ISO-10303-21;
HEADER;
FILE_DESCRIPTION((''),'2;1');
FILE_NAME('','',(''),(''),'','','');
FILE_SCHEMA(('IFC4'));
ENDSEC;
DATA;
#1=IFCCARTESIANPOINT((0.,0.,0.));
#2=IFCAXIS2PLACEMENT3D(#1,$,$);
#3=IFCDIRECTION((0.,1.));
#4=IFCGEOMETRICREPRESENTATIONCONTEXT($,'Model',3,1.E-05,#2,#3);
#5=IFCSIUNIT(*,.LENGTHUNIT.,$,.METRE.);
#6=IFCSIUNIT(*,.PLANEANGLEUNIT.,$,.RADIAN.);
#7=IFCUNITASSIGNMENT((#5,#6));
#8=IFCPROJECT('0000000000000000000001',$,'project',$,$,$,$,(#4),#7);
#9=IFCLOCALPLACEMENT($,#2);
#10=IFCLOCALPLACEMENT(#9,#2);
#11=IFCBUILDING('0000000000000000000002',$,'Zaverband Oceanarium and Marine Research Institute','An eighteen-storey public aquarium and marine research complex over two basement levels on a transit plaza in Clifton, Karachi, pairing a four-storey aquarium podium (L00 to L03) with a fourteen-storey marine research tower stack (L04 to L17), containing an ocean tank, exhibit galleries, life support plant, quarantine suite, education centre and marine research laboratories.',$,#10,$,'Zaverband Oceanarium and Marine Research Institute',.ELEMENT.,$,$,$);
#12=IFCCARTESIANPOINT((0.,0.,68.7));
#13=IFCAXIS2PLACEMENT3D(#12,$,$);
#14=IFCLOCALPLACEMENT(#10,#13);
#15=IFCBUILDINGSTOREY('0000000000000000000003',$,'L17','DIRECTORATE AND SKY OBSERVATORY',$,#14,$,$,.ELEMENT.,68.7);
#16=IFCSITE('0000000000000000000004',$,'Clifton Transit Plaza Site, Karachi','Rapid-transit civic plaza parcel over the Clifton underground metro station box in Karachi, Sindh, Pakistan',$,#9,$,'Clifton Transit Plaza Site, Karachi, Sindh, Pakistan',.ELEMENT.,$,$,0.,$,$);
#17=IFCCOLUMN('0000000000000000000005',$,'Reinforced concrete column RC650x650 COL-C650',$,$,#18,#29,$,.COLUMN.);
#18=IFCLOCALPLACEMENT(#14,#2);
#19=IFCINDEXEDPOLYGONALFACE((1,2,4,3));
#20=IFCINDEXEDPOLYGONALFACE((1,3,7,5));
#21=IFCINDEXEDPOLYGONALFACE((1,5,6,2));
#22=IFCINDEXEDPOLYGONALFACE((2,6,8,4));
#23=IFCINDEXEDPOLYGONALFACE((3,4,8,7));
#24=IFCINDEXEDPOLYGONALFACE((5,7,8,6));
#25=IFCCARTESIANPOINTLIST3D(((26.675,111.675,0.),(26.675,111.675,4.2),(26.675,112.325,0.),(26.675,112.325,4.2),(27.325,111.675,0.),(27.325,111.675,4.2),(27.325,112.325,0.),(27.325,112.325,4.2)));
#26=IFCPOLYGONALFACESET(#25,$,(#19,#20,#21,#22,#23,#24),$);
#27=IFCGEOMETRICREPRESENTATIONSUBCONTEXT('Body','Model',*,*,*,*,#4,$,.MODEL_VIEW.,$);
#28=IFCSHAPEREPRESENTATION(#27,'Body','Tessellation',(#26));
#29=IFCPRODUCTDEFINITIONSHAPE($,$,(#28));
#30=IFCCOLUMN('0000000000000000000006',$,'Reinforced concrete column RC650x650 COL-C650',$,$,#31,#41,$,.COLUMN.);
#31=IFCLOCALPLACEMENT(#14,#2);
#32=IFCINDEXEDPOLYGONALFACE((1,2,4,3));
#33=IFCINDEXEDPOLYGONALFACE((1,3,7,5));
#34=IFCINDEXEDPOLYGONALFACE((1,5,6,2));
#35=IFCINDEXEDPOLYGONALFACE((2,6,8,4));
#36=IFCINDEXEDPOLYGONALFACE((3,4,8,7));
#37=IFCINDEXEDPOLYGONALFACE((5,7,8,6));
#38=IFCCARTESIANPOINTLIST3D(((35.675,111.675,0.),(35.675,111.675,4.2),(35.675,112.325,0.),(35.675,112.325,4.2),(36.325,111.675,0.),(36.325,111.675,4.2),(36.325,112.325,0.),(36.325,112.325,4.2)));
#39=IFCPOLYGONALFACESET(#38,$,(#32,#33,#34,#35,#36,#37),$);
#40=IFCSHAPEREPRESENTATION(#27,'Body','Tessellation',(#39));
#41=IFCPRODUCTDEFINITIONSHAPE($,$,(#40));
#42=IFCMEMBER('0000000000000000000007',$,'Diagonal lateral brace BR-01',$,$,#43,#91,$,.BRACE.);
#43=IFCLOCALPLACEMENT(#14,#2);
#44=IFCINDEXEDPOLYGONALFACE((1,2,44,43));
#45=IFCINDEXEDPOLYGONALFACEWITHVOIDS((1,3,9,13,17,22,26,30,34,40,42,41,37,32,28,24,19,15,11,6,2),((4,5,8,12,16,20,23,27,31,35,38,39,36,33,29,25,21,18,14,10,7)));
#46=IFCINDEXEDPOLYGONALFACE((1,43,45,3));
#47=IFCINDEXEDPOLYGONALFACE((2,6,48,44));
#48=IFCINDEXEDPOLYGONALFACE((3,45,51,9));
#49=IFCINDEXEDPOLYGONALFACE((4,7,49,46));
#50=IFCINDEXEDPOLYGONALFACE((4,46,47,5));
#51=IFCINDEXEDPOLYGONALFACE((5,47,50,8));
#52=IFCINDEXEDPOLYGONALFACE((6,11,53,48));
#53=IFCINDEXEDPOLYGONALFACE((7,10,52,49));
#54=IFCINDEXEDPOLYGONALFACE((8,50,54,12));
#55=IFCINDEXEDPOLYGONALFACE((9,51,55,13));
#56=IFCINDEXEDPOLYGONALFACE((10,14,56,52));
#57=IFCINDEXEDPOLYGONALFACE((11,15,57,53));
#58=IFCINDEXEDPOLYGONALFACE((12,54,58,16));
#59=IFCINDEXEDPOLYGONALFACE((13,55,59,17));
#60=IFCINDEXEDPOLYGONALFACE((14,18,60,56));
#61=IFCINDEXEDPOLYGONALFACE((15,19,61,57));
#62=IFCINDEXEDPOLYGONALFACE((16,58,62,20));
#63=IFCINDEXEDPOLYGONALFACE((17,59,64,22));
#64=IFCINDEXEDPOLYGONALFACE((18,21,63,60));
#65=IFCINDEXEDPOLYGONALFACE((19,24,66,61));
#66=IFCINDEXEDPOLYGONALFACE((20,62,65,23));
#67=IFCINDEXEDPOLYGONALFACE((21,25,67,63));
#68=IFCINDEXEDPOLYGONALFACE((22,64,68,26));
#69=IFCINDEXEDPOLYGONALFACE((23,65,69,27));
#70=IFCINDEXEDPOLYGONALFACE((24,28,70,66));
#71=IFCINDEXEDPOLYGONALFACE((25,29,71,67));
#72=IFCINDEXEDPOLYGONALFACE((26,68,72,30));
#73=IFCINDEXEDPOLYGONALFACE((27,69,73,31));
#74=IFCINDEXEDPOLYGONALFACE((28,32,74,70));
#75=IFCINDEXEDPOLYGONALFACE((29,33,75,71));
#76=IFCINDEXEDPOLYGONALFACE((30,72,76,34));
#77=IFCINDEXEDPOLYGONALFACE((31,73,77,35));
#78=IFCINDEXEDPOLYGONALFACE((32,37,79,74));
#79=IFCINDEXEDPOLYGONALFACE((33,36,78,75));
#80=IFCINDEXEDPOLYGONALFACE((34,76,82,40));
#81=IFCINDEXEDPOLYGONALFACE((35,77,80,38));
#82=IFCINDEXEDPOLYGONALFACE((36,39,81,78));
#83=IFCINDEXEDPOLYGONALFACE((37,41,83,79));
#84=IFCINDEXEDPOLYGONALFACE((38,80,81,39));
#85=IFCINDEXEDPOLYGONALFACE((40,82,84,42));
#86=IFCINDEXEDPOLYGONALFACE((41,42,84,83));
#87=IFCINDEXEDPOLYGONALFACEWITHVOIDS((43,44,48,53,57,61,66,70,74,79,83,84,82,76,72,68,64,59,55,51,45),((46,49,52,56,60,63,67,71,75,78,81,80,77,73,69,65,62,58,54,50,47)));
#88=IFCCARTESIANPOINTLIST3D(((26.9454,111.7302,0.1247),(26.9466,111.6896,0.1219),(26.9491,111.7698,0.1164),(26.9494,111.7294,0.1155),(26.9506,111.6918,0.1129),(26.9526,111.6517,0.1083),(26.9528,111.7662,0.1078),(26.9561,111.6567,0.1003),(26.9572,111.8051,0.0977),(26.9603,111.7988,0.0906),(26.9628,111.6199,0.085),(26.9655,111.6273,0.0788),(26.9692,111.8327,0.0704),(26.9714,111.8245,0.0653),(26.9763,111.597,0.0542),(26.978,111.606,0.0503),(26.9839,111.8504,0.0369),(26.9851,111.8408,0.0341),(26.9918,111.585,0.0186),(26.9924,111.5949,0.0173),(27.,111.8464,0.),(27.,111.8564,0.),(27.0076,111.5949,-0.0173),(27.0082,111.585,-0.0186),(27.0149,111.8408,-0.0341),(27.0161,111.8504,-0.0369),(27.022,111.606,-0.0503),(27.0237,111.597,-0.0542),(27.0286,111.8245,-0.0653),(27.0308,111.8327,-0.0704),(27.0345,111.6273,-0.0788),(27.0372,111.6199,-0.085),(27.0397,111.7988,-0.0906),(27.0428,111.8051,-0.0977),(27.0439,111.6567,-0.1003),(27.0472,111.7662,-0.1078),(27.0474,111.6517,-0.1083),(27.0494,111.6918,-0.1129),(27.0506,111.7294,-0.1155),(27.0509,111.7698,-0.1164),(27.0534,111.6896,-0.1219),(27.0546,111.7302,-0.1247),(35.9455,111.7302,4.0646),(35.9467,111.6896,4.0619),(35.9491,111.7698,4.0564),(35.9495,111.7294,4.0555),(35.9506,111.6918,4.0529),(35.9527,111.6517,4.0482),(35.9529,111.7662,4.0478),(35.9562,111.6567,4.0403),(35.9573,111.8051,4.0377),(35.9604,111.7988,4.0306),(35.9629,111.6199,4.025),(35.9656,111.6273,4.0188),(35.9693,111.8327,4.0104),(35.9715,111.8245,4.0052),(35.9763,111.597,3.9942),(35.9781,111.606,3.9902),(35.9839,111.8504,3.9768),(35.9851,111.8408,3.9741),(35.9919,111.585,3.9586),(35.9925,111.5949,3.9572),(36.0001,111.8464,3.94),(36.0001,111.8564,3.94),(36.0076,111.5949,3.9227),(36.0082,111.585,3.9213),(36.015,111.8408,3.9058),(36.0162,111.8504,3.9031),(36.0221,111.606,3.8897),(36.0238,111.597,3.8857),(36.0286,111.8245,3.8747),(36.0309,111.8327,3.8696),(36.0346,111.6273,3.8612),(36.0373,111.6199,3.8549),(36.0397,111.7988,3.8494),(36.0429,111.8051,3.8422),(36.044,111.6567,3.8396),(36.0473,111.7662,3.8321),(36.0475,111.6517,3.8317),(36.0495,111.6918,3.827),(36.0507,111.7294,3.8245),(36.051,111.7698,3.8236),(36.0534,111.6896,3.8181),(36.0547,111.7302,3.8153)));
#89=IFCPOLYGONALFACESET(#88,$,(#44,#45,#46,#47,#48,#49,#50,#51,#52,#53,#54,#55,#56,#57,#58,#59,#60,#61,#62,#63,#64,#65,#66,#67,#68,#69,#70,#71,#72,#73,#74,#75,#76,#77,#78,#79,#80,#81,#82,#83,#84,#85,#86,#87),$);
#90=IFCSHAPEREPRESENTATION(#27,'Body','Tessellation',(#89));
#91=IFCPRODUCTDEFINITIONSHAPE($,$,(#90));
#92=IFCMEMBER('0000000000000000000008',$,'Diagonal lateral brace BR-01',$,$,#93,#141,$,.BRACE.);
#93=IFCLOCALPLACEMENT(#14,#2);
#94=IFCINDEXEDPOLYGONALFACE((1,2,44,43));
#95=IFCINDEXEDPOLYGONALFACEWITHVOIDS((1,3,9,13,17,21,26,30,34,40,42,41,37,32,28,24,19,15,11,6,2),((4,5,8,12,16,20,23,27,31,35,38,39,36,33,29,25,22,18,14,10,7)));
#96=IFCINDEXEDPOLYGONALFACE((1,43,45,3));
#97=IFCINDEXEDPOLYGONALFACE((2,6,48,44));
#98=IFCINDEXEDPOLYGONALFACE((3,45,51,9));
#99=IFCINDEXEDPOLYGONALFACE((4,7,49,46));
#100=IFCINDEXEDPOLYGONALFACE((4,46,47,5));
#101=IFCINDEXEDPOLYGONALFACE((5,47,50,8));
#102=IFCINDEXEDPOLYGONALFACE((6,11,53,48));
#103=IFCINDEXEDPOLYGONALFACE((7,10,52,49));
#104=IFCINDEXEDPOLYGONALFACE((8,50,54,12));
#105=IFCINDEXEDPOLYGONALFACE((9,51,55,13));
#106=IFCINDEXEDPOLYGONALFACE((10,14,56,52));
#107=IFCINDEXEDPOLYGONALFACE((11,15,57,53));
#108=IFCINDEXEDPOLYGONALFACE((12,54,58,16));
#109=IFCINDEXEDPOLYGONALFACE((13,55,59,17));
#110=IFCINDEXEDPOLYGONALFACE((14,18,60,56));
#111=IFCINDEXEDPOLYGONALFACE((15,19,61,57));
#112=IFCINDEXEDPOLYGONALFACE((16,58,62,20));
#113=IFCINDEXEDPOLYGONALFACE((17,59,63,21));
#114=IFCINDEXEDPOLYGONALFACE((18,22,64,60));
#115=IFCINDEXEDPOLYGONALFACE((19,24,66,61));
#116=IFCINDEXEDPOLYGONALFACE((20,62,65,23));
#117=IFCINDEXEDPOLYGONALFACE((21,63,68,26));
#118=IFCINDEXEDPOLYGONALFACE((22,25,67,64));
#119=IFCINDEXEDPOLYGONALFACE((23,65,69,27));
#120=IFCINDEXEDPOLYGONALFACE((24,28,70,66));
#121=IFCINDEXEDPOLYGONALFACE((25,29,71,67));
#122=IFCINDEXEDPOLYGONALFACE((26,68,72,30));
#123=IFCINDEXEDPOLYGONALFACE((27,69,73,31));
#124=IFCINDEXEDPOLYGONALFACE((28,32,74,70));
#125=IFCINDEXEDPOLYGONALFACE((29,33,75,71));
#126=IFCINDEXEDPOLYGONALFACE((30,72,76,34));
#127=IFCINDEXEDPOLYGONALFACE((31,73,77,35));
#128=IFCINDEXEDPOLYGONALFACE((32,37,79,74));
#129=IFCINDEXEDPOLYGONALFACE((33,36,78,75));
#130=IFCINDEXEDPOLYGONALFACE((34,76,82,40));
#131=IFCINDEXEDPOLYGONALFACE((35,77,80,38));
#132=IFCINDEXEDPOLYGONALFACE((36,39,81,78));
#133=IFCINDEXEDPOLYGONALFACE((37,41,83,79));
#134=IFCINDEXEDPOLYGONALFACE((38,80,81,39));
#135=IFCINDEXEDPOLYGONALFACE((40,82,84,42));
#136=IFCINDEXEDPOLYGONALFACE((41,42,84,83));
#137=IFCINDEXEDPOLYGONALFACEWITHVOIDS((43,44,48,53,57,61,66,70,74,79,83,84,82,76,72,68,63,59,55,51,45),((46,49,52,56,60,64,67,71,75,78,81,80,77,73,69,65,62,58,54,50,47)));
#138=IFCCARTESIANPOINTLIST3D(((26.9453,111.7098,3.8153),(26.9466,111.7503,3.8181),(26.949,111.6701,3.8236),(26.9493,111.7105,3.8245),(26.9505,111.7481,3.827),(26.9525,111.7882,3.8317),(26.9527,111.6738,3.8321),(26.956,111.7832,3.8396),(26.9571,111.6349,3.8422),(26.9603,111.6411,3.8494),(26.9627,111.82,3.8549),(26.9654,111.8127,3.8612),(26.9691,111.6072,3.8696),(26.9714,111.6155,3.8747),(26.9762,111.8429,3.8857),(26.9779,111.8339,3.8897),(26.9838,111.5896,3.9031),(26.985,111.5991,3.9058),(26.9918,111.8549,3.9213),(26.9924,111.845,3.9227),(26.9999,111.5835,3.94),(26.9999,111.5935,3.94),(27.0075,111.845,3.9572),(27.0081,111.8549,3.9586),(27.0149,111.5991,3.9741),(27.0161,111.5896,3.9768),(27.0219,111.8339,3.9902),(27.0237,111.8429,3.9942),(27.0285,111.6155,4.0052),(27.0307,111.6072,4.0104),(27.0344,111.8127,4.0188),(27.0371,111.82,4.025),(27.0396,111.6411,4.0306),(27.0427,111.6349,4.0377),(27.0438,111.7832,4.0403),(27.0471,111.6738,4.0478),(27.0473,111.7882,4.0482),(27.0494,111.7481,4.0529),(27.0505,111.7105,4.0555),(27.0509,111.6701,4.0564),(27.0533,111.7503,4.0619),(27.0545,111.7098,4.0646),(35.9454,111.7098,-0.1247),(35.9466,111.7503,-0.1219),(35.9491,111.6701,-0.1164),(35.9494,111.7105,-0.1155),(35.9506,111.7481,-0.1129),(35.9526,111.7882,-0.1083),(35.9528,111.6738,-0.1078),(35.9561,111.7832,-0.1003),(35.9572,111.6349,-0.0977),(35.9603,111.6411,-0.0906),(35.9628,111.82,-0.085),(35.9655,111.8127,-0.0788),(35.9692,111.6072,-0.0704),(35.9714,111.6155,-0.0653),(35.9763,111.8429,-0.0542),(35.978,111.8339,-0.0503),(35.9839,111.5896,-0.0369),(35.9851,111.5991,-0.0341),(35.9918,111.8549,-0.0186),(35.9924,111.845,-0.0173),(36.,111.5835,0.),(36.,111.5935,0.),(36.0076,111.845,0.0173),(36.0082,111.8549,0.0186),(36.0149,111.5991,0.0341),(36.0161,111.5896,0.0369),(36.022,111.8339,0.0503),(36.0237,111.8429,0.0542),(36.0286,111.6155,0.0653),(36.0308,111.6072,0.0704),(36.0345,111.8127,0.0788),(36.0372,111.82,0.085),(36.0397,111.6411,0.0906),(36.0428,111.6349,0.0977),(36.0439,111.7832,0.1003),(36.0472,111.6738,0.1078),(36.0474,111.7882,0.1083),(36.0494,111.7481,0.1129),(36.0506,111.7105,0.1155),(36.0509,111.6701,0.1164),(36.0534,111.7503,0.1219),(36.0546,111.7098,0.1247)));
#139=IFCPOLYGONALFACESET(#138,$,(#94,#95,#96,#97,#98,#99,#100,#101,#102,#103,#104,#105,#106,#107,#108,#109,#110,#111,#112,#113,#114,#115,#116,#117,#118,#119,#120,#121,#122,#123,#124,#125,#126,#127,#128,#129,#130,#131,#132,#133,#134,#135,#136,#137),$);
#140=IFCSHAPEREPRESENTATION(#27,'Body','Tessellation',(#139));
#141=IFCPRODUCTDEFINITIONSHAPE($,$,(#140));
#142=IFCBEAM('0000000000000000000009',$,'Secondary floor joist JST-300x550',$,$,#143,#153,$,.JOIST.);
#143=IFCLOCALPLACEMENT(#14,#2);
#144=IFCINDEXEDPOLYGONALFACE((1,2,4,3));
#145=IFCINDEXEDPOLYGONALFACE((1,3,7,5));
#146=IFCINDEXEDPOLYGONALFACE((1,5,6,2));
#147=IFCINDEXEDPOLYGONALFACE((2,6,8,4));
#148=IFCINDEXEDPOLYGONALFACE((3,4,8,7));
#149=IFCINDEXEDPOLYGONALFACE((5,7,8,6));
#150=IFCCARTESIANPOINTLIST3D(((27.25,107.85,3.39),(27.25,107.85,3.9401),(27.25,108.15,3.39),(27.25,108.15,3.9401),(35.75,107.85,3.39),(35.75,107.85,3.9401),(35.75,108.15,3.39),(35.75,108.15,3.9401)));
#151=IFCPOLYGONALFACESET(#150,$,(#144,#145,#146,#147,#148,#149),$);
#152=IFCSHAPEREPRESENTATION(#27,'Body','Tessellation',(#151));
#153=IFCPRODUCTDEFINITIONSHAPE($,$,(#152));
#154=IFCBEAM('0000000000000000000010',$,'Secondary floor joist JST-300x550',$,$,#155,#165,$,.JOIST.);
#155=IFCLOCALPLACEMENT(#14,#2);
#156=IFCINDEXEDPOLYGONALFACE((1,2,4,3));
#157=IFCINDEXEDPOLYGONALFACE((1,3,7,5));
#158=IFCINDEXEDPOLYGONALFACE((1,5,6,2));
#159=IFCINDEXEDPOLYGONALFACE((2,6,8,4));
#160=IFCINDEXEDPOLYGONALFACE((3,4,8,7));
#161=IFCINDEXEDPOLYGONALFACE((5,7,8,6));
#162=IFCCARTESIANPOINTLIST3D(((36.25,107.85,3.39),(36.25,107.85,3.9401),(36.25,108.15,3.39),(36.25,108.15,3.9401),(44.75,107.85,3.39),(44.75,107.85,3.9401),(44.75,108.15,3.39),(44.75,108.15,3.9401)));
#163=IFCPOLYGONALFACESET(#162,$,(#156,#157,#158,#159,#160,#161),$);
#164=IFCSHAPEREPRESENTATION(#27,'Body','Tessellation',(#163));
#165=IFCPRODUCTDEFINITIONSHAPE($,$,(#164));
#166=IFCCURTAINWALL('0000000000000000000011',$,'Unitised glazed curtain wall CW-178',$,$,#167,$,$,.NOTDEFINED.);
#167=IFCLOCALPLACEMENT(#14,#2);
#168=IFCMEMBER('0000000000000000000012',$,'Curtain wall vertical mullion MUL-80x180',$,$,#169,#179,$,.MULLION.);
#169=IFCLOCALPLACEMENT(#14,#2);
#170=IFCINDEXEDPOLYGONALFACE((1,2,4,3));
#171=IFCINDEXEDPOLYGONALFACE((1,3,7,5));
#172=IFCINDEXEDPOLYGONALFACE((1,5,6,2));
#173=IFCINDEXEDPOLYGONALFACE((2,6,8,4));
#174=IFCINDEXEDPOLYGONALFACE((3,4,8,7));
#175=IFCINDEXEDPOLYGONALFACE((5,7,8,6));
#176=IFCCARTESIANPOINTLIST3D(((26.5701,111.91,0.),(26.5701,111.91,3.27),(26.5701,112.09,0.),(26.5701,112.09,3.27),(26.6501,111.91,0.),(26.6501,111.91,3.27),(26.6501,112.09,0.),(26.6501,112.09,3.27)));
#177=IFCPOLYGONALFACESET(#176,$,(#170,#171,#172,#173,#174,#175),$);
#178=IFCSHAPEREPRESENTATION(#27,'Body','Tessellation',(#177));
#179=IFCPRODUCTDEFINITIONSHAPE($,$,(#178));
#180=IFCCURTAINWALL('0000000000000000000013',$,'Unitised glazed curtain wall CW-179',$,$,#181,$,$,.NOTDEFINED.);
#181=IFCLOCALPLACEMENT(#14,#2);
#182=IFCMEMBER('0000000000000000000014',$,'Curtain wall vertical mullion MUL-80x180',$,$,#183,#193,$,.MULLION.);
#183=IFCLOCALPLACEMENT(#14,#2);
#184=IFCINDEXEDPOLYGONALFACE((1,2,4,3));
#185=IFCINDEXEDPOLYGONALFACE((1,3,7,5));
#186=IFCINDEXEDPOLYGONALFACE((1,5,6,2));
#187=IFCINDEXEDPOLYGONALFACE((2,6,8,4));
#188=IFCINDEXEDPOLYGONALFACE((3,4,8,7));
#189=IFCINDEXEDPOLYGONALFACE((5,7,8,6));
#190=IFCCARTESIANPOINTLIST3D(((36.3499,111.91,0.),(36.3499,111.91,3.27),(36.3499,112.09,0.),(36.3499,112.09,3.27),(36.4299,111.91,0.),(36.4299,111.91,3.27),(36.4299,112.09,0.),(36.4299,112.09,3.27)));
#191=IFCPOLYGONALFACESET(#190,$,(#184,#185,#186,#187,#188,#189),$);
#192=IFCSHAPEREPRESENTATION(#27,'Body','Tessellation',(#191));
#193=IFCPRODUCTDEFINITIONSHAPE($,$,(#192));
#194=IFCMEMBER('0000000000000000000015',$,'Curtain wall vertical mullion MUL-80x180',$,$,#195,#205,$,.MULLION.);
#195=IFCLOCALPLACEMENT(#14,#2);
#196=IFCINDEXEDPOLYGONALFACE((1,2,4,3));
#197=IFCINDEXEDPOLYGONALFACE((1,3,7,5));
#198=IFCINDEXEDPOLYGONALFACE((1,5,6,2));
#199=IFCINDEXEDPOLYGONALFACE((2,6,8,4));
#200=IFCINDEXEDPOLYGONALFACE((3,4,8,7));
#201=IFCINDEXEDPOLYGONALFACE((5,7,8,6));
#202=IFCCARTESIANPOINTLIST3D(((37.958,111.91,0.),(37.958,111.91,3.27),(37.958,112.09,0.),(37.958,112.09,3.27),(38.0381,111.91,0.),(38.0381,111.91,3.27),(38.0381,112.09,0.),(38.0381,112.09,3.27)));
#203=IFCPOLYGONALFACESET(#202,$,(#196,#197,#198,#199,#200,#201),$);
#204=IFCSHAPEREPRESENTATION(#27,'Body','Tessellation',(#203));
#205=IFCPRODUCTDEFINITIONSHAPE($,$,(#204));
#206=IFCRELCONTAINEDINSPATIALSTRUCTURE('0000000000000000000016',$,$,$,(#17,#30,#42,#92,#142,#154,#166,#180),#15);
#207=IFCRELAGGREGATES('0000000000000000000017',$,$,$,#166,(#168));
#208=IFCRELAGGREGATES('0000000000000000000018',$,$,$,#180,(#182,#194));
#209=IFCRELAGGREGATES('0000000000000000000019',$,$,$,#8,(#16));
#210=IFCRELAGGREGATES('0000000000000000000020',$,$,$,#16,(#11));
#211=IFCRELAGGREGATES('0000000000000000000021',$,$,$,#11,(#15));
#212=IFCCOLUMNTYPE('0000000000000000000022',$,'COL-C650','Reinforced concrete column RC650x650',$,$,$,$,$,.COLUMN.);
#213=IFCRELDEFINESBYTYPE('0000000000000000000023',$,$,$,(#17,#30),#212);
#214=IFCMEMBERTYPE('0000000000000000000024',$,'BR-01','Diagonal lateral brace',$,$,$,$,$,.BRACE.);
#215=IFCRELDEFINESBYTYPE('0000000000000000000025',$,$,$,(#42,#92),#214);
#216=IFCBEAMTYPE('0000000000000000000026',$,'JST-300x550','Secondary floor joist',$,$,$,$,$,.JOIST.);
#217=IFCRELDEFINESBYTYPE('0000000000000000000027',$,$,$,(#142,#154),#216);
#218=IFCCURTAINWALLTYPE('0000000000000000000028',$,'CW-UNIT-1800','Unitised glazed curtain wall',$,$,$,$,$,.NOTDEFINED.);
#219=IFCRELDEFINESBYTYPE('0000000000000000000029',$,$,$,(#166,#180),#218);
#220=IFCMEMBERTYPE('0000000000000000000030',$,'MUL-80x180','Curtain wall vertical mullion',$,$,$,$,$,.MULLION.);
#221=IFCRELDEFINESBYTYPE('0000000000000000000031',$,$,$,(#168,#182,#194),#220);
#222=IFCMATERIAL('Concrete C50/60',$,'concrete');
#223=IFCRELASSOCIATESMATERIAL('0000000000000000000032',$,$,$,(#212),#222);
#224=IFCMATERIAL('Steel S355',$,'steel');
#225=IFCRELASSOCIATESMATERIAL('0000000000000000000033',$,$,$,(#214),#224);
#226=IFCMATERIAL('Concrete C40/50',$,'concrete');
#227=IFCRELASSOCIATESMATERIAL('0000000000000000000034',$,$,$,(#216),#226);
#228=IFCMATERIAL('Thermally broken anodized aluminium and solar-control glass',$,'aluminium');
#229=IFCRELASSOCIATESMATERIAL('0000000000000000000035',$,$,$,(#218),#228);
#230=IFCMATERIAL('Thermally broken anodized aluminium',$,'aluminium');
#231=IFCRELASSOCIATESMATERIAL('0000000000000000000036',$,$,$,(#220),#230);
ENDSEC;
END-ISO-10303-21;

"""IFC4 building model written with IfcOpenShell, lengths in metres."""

from ifc_helpers import new_model, si_unit, direction, frame, origin, origin_2d, place, context, subcontext, project, spatial, rectangle, hollow_circle, extrude, material, material_profile, profile_set, type_object, element, aggregate, save


model = new_model("IFC4")

# Units and contexts
model_context = context("Model", 3, precision=1e-05, world=origin(), true_north=direction((0.0, 1.0)))
body_context = subcontext(model_context, "Body", "Model", "MODEL_VIEW")
ifc_project = project(units=[si_unit("LENGTHUNIT", "METRE"), si_unit("PLANEANGLEUNIT", "RADIAN")], contexts=[model_context])

# Site, building, storey
site_placement = place(None, origin())
site = spatial("IfcSite", under=ifc_project, at=site_placement, Name="Clifton Transit Plaza Site, Karachi", Description="Rapid-transit civic plaza parcel over the Clifton underground metro station box in Karachi, Sindh, Pakistan", LongName="Clifton Transit Plaza Site, Karachi, Sindh, Pakistan", CompositionType="ELEMENT", RefElevation=0.0)
building_placement = place(site_placement, origin())
building = spatial("IfcBuilding", under=site, at=building_placement, Name="Zaverband Oceanarium and Marine Research Institute", Description="An eighteen-storey public aquarium and marine research complex over two basement levels on a transit plaza in Clifton, Karachi, pairing a four-storey aquarium podium (L00 to L03) with a fourteen-storey marine research tower stack (L04 to L17), containing an ocean tank, exhibit galleries, life support plant, quarantine suite, education centre and marine research laboratories.", LongName="Zaverband Oceanarium and Marine Research Institute", CompositionType="ELEMENT")
storey_placement = place(building_placement, frame((0.0, 0.0, 68.7)))
storey = spatial("IfcBuildingStorey", under=building, at=storey_placement, Name="L17", Description="DIRECTORATE AND SKY OBSERVATORY", CompositionType="ELEMENT", Elevation=68.7)

# Columns
ifc_material_1 = material(Name="Concrete C50/60", Category="concrete")
ifc_material_profile_1 = material_profile(ifc_material_1, rectangle(XDim=0.6499, YDim=0.6499, at=origin_2d()), Name="RC650x650")
ifc_profile_set_1 = profile_set([ifc_material_profile_1], Name="Concrete C50/60")
column_type = type_object("IfcColumnType", Name="COL-C650", Description="Reinforced concrete column RC650x650", PredefinedType="COLUMN", material=ifc_profile_set_1)
for number, where, z_axis, x_axis, name in (
    (1, (27.0, 112.0, 0.0), (0.0, 0.0, 1.0), (1.0, 0.0, 0.0), "Reinforced concrete column RC650x650 COL-C650"),
    (2, (36.0, 112.0, 0.0), (0.0, 0.0, 1.0), (1.0, 0.0, 0.0), "Reinforced concrete column RC650x650 COL-C650"),
):
    element("IfcColumn", number, at=place(storey_placement, frame(where, z_axis=z_axis, x_axis=x_axis)), inside=storey, type_object=column_type, Name=name, PredefinedType="COLUMN", context=body_context, shape_type="SweptSolid", body=[
        extrude(rectangle(XDim=0.6499, YDim=0.6499, at=origin_2d()), origin(), (0.0, 0.0, 1.0), 4.2),
    ])

# Members
ifc_material_2 = material(Name="Steel S355", Category="steel")
ifc_material_profile_2 = material_profile(ifc_material_2, hollow_circle(Radius=0.1365, WallThickness=0.01, at=origin_2d()), Name="CHS273x10")
ifc_profile_set_2 = profile_set([ifc_material_profile_2], Name="Steel S355")
member_type_1 = type_object("IfcMemberType", Name="BR-01", Description="Diagonal lateral brace", PredefinedType="BRACE", material=ifc_profile_set_2)
for number, where, z_axis, x_axis, name in (
    (3, (27.0, 111.72, 0.0), (0.916066, 0.0, 0.401027), (0.0, 1.0, 0.0), "Diagonal lateral brace BR-01"),
    (4, (36.0, 111.72, 0.0), (-0.916066, 0.0, 0.401027), (0.0, -1.0, 0.0), "Diagonal lateral brace BR-01"),
):
    element("IfcMember", number, at=place(storey_placement, frame(where, z_axis=z_axis, x_axis=x_axis)), inside=storey, type_object=member_type_1, Name=name, PredefinedType="BRACE", context=body_context, shape_type="SweptSolid", body=[
        extrude(hollow_circle(Radius=0.1365, WallThickness=0.01, at=origin_2d()), origin(), (0.0, 0.0, 1.0), 9.8247),
    ])

# Beams
ifc_material_3 = material(Name="Concrete C40/50", Category="concrete")
ifc_material_profile_3 = material_profile(ifc_material_3, rectangle(XDim=0.3, YDim=0.55, at=origin_2d()), Name="RC300x550")
ifc_profile_set_3 = profile_set([ifc_material_profile_3], Name="Concrete C40/50")
beam_type_1 = type_object("IfcBeamType", Name="JST-300x550", Description="Secondary floor joist", PredefinedType="JOIST", material=ifc_profile_set_3)
for number, where, z_axis, x_axis, name in (
    (5, (27.25, 108.0, 3.665), (1.0, 0.0, 0.0), (0.0, 1.0, 0.0), "Secondary floor joist JST-300x550"),
    (6, (36.25, 108.0, 3.665), (1.0, 0.0, 0.0), (0.0, 1.0, 0.0), "Secondary floor joist JST-300x550"),
):
    element("IfcBeam", number, at=place(storey_placement, frame(where, z_axis=z_axis, x_axis=x_axis)), inside=storey, type_object=beam_type_1, Name=name, PredefinedType="JOIST", context=body_context, shape_type="SweptSolid", body=[
        extrude(rectangle(XDim=0.3, YDim=0.55, at=origin_2d()), origin(), (0.0, 0.0, 1.0), 8.5),
    ])

# Curtain wall, member
ifc_material_4 = material(Name="Thermally broken anodized aluminium and solar-control glass", Category="aluminium")
curtain_wall_type = type_object("IfcCurtainWallType", Name="CW-UNIT-1800", Description="Unitised glazed curtain wall", PredefinedType="NOTDEFINED", material=ifc_material_4)
curtain_wall_1_placement = place(storey_placement, origin())
curtain_wall_1 = element("IfcCurtainWall", 7, at=curtain_wall_1_placement, inside=storey, type_object=curtain_wall_type, Name="Unitised glazed curtain wall CW-178", PredefinedType="NOTDEFINED")
ifc_material_5 = material(Name="Thermally broken anodized aluminium", Category="aluminium")
ifc_material_profile_4 = material_profile(ifc_material_5, rectangle(XDim=0.0801, YDim=0.1799, at=origin_2d()), Name="AL-MUL-80x180")
ifc_profile_set_4 = profile_set([ifc_material_profile_4], Name="Thermally broken anodized aluminium")
member_type_2 = type_object("IfcMemberType", Name="MUL-80x180", Description="Curtain wall vertical mullion", PredefinedType="MULLION", material=ifc_profile_set_4)
member_1_placement = place(storey_placement, frame((26.6101, 112.0, 0.0), z_axis=(0.0, 0.0, 1.0), x_axis=(1.0, 0.0, 0.0)))
member_1 = element("IfcMember", 8, at=member_1_placement, type_object=member_type_2, Name="Curtain wall vertical mullion MUL-80x180", PredefinedType="MULLION", context=body_context, shape_type="SweptSolid", body=[
    extrude(rectangle(XDim=0.0801, YDim=0.1799, at=origin_2d()), origin(), (0.0, 0.0, 1.0), 3.27),
])

# Curtain wall, members
curtain_wall_2_placement = place(storey_placement, origin())
curtain_wall_2 = element("IfcCurtainWall", 9, at=curtain_wall_2_placement, inside=storey, type_object=curtain_wall_type, Name="Unitised glazed curtain wall CW-179", PredefinedType="NOTDEFINED")
member_2_placement = place(storey_placement, frame((36.3899, 112.0, 0.0), z_axis=(0.0, 0.0, 1.0), x_axis=(1.0, 0.0, 0.0)))
member_2 = element("IfcMember", 10, at=member_2_placement, type_object=member_type_2, Name="Curtain wall vertical mullion MUL-80x180", PredefinedType="MULLION", context=body_context, shape_type="SweptSolid", body=[
    extrude(rectangle(XDim=0.0801, YDim=0.1799, at=origin_2d()), origin(), (0.0, 0.0, 1.0), 3.27),
])
member_3_placement = place(storey_placement, frame((37.998, 112.0, 0.0), z_axis=(0.0, 0.0, 1.0), x_axis=(1.0, 0.0, 0.0)))
member_3 = element("IfcMember", 11, at=member_3_placement, type_object=member_type_2, Name="Curtain wall vertical mullion MUL-80x180", PredefinedType="MULLION", context=body_context, shape_type="SweptSolid", body=[
    extrude(rectangle(XDim=0.0801, YDim=0.1799, at=origin_2d()), origin(), (0.0, 0.0, 1.0), 3.27),
])

aggregate(curtain_wall_1, [member_1])
aggregate(curtain_wall_2, [member_2, member_3])

save(model, "model.ifc")
